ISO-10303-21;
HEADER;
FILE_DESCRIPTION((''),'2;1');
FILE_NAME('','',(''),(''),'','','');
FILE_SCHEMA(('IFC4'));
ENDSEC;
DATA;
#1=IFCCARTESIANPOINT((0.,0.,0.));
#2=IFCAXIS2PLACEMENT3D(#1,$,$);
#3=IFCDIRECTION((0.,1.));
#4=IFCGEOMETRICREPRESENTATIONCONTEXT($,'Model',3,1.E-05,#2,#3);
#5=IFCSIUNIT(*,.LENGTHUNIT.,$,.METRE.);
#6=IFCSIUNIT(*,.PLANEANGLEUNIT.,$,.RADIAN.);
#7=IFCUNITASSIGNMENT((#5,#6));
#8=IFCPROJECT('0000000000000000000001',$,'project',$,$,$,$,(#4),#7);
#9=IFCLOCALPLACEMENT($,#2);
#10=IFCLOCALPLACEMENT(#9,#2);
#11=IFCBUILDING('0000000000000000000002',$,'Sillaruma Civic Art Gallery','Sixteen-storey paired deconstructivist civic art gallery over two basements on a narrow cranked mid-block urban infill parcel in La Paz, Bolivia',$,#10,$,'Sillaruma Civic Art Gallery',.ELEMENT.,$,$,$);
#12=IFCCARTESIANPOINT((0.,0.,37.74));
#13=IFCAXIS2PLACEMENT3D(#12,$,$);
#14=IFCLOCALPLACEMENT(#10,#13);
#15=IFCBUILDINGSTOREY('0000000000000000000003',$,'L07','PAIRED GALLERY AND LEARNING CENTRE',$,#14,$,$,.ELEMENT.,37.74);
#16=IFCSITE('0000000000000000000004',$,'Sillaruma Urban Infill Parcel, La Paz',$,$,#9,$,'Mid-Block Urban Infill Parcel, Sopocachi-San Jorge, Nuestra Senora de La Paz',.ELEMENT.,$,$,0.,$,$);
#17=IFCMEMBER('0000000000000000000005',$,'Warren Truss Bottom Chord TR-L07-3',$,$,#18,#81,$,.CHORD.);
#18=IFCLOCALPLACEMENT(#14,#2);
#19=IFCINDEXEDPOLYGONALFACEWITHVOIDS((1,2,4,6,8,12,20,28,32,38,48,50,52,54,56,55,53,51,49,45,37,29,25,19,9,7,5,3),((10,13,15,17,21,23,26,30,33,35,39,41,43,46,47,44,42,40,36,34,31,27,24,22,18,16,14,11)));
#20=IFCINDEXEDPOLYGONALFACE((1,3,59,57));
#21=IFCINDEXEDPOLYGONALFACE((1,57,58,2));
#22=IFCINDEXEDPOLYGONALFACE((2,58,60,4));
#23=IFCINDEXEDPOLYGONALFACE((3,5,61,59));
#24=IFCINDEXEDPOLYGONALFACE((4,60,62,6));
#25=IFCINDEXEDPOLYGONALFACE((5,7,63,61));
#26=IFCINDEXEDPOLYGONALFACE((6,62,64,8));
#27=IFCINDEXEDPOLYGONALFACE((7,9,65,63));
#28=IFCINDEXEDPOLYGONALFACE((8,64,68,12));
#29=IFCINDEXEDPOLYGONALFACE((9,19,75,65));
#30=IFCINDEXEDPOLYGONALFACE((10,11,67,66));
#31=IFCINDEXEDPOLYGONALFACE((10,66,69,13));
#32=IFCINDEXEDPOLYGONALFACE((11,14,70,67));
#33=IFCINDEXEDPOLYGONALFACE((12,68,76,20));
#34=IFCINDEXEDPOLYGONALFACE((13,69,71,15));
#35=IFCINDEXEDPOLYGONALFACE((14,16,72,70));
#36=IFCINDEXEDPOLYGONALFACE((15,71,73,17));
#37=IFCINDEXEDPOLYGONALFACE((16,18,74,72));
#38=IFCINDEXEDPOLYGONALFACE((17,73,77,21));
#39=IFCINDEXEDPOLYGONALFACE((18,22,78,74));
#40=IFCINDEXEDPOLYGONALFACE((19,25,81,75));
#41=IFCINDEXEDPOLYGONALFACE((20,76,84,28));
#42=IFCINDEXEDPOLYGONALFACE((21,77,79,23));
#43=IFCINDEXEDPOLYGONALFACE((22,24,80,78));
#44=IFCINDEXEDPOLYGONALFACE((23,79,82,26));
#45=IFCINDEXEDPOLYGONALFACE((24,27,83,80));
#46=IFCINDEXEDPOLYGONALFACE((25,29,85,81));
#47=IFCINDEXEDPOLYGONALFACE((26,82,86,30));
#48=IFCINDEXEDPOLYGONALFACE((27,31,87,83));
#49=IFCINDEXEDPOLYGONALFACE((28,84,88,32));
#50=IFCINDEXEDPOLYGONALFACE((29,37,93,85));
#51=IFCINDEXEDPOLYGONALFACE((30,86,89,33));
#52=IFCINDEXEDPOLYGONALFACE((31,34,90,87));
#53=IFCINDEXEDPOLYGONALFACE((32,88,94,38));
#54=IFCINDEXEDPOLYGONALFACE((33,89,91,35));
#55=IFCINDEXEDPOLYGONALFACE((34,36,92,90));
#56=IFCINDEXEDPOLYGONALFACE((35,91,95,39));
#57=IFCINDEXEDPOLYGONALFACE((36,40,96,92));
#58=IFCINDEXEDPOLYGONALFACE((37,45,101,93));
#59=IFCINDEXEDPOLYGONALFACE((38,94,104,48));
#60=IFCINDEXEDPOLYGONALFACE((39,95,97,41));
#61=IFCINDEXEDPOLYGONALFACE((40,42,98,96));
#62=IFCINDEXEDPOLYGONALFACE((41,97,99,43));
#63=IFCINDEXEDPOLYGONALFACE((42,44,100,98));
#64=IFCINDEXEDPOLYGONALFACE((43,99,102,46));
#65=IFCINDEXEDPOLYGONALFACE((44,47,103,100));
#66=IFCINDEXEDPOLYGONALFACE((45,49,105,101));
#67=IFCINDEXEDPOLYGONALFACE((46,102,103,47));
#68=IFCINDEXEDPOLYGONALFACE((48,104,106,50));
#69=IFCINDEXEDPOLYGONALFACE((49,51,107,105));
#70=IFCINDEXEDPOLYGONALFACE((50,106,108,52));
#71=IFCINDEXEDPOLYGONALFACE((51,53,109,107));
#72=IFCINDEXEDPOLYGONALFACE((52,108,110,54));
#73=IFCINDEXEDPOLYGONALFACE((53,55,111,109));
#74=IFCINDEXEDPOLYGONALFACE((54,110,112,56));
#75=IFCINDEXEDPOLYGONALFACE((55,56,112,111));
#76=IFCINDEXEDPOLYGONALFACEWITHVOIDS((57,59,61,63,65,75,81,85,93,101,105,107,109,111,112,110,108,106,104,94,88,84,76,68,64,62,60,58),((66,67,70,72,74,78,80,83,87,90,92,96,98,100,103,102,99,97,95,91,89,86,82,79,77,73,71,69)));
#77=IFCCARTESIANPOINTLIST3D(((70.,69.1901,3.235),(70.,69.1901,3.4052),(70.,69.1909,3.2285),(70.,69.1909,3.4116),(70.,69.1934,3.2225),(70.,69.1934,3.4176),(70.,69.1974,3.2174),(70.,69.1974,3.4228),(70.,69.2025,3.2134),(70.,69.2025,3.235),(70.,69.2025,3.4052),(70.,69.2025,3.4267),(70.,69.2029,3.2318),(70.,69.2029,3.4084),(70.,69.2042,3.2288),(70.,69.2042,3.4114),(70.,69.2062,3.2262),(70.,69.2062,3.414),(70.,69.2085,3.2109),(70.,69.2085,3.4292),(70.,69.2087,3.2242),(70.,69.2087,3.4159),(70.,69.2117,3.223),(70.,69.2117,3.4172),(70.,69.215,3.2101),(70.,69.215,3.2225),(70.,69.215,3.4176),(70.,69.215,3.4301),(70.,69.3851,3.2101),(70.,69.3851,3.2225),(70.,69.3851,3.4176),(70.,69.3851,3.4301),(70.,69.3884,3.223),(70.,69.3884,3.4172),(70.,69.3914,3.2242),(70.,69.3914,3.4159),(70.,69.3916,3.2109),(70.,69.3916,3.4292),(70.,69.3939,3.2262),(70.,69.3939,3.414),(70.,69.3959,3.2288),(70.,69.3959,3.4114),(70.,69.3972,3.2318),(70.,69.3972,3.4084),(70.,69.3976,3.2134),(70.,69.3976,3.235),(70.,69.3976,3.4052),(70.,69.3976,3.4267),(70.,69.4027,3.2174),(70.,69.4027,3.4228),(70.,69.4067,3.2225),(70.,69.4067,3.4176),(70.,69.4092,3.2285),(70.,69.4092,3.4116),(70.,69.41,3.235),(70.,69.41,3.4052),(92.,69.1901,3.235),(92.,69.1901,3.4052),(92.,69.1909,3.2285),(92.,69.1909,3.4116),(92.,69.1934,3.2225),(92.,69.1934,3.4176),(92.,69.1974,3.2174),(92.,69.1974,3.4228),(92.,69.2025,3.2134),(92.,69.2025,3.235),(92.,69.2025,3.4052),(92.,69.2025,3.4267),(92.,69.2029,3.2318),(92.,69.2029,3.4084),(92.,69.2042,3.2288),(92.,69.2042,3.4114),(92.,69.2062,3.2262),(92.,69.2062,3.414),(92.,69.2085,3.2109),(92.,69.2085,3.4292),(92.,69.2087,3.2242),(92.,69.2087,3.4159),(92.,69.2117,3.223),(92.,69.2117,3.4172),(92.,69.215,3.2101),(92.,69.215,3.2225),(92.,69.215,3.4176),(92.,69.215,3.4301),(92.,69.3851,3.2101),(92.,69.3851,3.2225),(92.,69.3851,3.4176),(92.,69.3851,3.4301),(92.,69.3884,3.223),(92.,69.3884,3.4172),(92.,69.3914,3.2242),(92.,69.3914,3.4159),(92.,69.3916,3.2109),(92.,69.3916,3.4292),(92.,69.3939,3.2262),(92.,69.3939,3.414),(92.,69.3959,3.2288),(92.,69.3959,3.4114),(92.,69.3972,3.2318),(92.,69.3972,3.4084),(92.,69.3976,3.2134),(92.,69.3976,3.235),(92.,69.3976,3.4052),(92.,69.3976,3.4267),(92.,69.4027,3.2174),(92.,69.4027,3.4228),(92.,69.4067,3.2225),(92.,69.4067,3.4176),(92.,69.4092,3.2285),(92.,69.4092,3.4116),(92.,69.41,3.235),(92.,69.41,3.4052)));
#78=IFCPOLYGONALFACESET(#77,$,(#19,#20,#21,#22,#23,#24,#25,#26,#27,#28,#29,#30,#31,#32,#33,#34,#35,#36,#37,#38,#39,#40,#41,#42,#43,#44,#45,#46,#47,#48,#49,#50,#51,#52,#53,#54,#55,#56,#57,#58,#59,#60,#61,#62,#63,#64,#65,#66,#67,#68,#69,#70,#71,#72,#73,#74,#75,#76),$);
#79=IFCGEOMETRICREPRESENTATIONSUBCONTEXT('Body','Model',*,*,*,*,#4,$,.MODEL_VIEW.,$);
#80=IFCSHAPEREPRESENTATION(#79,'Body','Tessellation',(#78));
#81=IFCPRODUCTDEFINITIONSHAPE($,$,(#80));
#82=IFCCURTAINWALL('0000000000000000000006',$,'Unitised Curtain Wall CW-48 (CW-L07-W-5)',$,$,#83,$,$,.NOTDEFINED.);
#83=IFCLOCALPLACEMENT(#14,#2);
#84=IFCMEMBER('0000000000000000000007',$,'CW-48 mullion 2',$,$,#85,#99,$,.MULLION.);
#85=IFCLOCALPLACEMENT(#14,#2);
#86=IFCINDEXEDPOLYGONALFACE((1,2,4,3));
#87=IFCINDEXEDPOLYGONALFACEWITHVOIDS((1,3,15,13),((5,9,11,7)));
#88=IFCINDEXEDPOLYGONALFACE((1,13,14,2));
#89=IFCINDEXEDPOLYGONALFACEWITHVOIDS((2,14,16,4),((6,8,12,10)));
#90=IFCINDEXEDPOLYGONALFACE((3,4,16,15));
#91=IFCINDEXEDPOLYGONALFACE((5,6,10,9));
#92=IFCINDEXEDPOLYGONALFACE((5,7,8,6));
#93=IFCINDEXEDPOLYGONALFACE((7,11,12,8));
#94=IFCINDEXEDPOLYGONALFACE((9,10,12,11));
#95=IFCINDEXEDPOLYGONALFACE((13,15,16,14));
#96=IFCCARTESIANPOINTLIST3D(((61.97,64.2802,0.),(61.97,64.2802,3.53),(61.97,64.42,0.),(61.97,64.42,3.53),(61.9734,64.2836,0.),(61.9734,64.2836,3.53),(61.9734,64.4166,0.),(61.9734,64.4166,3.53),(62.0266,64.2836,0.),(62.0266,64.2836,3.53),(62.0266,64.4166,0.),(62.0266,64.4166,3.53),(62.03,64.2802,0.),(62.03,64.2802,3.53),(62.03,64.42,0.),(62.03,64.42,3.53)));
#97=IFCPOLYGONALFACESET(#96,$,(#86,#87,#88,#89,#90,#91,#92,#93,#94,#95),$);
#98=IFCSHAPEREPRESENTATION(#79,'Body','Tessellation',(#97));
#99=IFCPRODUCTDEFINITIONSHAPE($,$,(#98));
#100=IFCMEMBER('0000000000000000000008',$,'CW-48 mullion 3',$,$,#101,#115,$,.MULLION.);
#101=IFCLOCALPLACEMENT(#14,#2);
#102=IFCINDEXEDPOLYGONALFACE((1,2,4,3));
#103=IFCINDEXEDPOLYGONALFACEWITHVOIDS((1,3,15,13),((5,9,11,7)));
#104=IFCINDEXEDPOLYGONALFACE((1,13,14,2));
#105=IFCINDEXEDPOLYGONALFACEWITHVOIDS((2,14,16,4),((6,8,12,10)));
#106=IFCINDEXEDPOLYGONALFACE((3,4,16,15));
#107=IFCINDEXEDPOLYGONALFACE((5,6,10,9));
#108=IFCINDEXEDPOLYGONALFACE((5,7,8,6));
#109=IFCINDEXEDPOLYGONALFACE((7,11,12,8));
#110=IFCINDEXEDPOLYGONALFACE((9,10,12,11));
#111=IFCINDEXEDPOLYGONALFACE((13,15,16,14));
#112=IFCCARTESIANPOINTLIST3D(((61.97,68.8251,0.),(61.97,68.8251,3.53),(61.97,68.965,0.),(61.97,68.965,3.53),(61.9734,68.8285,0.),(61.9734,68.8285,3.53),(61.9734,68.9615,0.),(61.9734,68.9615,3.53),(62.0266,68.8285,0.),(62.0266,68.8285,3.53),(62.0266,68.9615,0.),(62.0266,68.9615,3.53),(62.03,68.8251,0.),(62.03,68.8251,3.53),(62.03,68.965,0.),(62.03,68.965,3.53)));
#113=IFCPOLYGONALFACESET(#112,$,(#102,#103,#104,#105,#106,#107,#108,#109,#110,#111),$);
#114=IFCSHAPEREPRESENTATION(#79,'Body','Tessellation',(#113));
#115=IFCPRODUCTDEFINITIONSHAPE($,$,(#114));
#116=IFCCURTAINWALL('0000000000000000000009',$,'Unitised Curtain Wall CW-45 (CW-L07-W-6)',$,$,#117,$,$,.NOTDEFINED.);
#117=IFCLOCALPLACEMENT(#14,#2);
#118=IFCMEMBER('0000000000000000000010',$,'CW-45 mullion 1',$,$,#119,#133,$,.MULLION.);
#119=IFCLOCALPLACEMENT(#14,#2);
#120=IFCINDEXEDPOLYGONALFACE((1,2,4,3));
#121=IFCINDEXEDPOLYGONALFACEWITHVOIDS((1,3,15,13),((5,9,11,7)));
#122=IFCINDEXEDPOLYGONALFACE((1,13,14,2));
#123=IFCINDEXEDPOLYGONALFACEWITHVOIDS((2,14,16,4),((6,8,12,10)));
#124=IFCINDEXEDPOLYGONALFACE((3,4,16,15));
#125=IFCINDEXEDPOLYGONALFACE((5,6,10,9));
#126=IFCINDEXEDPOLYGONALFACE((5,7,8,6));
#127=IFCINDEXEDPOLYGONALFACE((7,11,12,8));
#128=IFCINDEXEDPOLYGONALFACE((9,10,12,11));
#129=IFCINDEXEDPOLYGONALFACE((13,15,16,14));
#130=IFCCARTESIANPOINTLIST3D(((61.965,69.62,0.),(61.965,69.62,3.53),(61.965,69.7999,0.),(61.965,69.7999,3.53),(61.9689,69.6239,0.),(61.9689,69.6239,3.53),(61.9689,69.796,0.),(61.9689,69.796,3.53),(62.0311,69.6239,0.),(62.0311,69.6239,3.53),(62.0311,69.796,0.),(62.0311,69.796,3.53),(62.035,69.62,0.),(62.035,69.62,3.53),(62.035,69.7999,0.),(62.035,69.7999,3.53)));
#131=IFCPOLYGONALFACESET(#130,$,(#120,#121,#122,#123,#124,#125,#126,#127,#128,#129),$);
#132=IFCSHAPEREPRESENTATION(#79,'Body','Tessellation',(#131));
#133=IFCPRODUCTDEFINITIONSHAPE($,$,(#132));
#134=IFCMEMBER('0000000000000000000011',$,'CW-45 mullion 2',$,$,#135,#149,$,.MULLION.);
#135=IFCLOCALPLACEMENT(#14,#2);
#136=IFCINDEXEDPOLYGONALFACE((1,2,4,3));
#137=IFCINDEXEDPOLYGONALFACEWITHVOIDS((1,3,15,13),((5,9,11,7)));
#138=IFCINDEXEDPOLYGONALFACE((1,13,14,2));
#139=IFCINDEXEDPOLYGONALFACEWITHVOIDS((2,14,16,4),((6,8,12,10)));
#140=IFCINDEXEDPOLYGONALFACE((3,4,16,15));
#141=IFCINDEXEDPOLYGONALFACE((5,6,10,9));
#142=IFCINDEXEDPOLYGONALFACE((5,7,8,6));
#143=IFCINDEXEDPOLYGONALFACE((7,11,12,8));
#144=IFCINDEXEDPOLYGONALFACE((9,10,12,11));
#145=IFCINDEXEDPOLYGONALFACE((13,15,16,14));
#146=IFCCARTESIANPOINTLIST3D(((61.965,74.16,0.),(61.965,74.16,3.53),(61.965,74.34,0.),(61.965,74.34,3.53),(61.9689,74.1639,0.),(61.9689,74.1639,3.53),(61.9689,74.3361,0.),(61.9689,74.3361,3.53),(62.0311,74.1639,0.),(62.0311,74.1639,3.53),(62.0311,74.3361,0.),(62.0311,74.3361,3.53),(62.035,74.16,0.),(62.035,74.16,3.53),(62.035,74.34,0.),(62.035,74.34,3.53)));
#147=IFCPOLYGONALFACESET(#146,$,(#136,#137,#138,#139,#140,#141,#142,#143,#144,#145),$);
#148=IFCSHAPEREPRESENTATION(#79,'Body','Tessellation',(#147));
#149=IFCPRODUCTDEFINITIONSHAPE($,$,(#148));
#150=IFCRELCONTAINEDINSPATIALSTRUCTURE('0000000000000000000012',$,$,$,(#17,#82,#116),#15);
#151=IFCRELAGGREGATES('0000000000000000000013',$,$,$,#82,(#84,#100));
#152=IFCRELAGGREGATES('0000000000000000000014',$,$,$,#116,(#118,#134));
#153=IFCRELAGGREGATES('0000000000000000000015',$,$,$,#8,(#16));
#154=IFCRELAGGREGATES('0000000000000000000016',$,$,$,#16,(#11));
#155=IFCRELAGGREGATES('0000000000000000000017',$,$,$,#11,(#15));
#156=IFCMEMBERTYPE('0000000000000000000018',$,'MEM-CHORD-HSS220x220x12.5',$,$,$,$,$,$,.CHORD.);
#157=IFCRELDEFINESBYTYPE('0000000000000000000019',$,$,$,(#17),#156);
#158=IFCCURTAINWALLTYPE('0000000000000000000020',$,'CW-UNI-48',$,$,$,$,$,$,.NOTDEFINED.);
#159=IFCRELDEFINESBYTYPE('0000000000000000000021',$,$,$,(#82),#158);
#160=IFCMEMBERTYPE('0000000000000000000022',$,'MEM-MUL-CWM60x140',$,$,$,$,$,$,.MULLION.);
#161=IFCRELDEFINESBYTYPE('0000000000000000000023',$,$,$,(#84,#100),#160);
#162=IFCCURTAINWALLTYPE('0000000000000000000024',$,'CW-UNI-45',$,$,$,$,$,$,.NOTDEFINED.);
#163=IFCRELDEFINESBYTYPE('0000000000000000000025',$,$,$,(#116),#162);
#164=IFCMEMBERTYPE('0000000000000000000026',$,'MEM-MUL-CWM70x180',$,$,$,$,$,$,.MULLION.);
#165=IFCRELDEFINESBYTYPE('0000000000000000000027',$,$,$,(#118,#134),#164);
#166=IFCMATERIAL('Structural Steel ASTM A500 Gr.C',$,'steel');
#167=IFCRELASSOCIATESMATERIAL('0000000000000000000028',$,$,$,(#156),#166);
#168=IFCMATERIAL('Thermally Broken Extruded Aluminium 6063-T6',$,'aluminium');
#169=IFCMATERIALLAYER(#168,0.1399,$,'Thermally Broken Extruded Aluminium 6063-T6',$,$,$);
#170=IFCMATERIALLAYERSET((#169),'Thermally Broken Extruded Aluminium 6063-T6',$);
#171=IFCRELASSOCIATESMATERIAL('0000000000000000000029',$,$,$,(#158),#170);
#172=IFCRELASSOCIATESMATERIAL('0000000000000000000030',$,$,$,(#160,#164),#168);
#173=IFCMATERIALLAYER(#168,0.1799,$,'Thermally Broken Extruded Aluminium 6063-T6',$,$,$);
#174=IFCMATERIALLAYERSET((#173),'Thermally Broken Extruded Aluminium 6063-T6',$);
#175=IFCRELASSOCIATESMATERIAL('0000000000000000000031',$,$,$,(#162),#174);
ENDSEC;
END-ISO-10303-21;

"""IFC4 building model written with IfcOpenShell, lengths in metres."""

from ifc_helpers import new_model, si_unit, direction, frame, origin, origin_2d, place, context, subcontext, project, spatial, hollow_rectangle, extrude, material, layer, layer_set, material_profile, profile_set, type_object, element, aggregate, save


model = new_model("IFC4")

# Units and contexts
model_context = context("Model", 3, precision=1e-05, world=origin(), true_north=direction((0.0, 1.0)))
body_context = subcontext(model_context, "Body", "Model", "MODEL_VIEW")
ifc_project = project(units=[si_unit("LENGTHUNIT", "METRE"), si_unit("PLANEANGLEUNIT", "RADIAN")], contexts=[model_context])

# Site, building, storey
site_placement = place(None, origin())
site = spatial("IfcSite", under=ifc_project, at=site_placement, Name="Sillaruma Urban Infill Parcel, La Paz", LongName="Mid-Block Urban Infill Parcel, Sopocachi-San Jorge, Nuestra Senora de La Paz", CompositionType="ELEMENT", RefElevation=0.0)
building_placement = place(site_placement, origin())
building = spatial("IfcBuilding", under=site, at=building_placement, Name="Sillaruma Civic Art Gallery", Description="Sixteen-storey paired deconstructivist civic art gallery over two basements on a narrow cranked mid-block urban infill parcel in La Paz, Bolivia", LongName="Sillaruma Civic Art Gallery", CompositionType="ELEMENT")
storey_placement = place(building_placement, frame((0.0, 0.0, 37.74)))
storey = spatial("IfcBuildingStorey", under=building, at=storey_placement, Name="L07", Description="PAIRED GALLERY AND LEARNING CENTRE", CompositionType="ELEMENT", Elevation=37.74)

# Member
ifc_material_1 = material(Name="Structural Steel ASTM A500 Gr.C", Category="steel")
ifc_material_profile_1 = material_profile(ifc_material_1, hollow_rectangle(XDim=0.22, YDim=0.22, WallThickness=0.0125, InnerFilletRadius=0.0125, OuterFilletRadius=0.0249, at=origin_2d()), Name="HSS220x220x12.5")
ifc_profile_set_1 = profile_set([ifc_material_profile_1], Name="Structural Steel ASTM A500 Gr.C")
member_type_1 = type_object("IfcMemberType", Name="MEM-CHORD-HSS220x220x12.5", PredefinedType="CHORD", material=ifc_profile_set_1)
member_1_placement = place(storey_placement, frame((70.0, 69.3, 3.3201), z_axis=(1.0, 0.0, 0.0), x_axis=(0.0, 1.0, 0.0)))
element("IfcMember", 1, at=member_1_placement, inside=storey, type_object=member_type_1, Name="Warren Truss Bottom Chord TR-L07-3", PredefinedType="CHORD", context=body_context, shape_type="SweptSolid", body=[
    extrude(hollow_rectangle(XDim=0.22, YDim=0.22, WallThickness=0.0125, InnerFilletRadius=0.0125, OuterFilletRadius=0.0249, at=origin_2d()), origin(), (0.0, 0.0, 1.0), 22.0),
])

# Curtain walls, members
ifc_material_2 = material(Name="Thermally Broken Extruded Aluminium 6063-T6", Category="aluminium")
ifc_layer_1 = layer(ifc_material_2, 0.1399, Name="Thermally Broken Extruded Aluminium 6063-T6")
ifc_layer_set_1 = layer_set([ifc_layer_1], Name="Thermally Broken Extruded Aluminium 6063-T6")
curtain_wall_type_1 = type_object("IfcCurtainWallType", Name="CW-UNI-48", PredefinedType="NOTDEFINED", material=ifc_layer_set_1)
curtain_wall_1_placement = place(storey_placement, origin())
curtain_wall_1 = element("IfcCurtainWall", 2, at=curtain_wall_1_placement, inside=storey, type_object=curtain_wall_type_1, Name="Unitised Curtain Wall CW-48 (CW-L07-W-5)", PredefinedType="NOTDEFINED")
ifc_material_profile_2 = material_profile(ifc_material_2, hollow_rectangle(XDim=0.0601, YDim=0.1399, WallThickness=0.0034, at=origin_2d()), Name="CWM60x140")
ifc_profile_set_2 = profile_set([ifc_material_profile_2], Name="Thermally Broken Extruded Aluminium 6063-T6")
member_type_2 = type_object("IfcMemberType", Name="MEM-MUL-CWM60x140", PredefinedType="MULLION", material=ifc_profile_set_2)
member_2_placement = place(storey_placement, frame((62.0, 64.3501, 0.0), z_axis=(0.0, 0.0, 1.0), x_axis=(-1.0, 0.0, 0.0)))
member_2 = element("IfcMember", 3, at=member_2_placement, type_object=member_type_2, Name="CW-48 mullion 2", PredefinedType="MULLION", context=body_context, shape_type="SweptSolid", body=[
    extrude(hollow_rectangle(XDim=0.0601, YDim=0.1399, WallThickness=0.0034, at=origin_2d()), origin(), (0.0, 0.0, 1.0), 3.53),
])
member_3_placement = place(storey_placement, frame((62.0, 68.895, 0.0), z_axis=(0.0, 0.0, 1.0), x_axis=(-1.0, 0.0, 0.0)))
member_3 = element("IfcMember", 4, at=member_3_placement, type_object=member_type_2, Name="CW-48 mullion 3", PredefinedType="MULLION", context=body_context, shape_type="SweptSolid", body=[
    extrude(hollow_rectangle(XDim=0.0601, YDim=0.1399, WallThickness=0.0034, at=origin_2d()), origin(), (0.0, 0.0, 1.0), 3.53),
])
ifc_layer_2 = layer(ifc_material_2, 0.1799, Name="Thermally Broken Extruded Aluminium 6063-T6")
ifc_layer_set_2 = layer_set([ifc_layer_2], Name="Thermally Broken Extruded Aluminium 6063-T6")
curtain_wall_type_2 = type_object("IfcCurtainWallType", Name="CW-UNI-45", PredefinedType="NOTDEFINED", material=ifc_layer_set_2)
curtain_wall_2_placement = place(storey_placement, origin())
curtain_wall_2 = element("IfcCurtainWall", 5, at=curtain_wall_2_placement, inside=storey, type_object=curtain_wall_type_2, Name="Unitised Curtain Wall CW-45 (CW-L07-W-6)", PredefinedType="NOTDEFINED")
ifc_material_profile_3 = material_profile(ifc_material_2, hollow_rectangle(XDim=0.0701, YDim=0.1799, WallThickness=0.0039, at=origin_2d()), Name="CWM70x180")
ifc_profile_set_3 = profile_set([ifc_material_profile_3], Name="Thermally Broken Extruded Aluminium 6063-T6")
member_type_3 = type_object("IfcMemberType", Name="MEM-MUL-CWM70x180", PredefinedType="MULLION", material=ifc_profile_set_3)
member_4_placement = place(storey_placement, frame((62.0, 69.71, 0.0), z_axis=(0.0, 0.0, 1.0), x_axis=(-1.0, 0.0, 0.0)))
member_4 = element("IfcMember", 6, at=member_4_placement, type_object=member_type_3, Name="CW-45 mullion 1", PredefinedType="MULLION", context=body_context, shape_type="SweptSolid", body=[
    extrude(hollow_rectangle(XDim=0.0701, YDim=0.1799, WallThickness=0.0039, at=origin_2d()), origin(), (0.0, 0.0, 1.0), 3.53),
])
member_5_placement = place(storey_placement, frame((62.0, 74.25, 0.0), z_axis=(0.0, 0.0, 1.0), x_axis=(-1.0, 0.0, 0.0)))
member_5 = element("IfcMember", 7, at=member_5_placement, type_object=member_type_3, Name="CW-45 mullion 2", PredefinedType="MULLION", context=body_context, shape_type="SweptSolid", body=[
    extrude(hollow_rectangle(XDim=0.0701, YDim=0.1799, WallThickness=0.0039, at=origin_2d()), origin(), (0.0, 0.0, 1.0), 3.53),
])

aggregate(curtain_wall_1, [member_2, member_3])
aggregate(curtain_wall_2, [member_4, member_5])

save(model, "model.ifc")
